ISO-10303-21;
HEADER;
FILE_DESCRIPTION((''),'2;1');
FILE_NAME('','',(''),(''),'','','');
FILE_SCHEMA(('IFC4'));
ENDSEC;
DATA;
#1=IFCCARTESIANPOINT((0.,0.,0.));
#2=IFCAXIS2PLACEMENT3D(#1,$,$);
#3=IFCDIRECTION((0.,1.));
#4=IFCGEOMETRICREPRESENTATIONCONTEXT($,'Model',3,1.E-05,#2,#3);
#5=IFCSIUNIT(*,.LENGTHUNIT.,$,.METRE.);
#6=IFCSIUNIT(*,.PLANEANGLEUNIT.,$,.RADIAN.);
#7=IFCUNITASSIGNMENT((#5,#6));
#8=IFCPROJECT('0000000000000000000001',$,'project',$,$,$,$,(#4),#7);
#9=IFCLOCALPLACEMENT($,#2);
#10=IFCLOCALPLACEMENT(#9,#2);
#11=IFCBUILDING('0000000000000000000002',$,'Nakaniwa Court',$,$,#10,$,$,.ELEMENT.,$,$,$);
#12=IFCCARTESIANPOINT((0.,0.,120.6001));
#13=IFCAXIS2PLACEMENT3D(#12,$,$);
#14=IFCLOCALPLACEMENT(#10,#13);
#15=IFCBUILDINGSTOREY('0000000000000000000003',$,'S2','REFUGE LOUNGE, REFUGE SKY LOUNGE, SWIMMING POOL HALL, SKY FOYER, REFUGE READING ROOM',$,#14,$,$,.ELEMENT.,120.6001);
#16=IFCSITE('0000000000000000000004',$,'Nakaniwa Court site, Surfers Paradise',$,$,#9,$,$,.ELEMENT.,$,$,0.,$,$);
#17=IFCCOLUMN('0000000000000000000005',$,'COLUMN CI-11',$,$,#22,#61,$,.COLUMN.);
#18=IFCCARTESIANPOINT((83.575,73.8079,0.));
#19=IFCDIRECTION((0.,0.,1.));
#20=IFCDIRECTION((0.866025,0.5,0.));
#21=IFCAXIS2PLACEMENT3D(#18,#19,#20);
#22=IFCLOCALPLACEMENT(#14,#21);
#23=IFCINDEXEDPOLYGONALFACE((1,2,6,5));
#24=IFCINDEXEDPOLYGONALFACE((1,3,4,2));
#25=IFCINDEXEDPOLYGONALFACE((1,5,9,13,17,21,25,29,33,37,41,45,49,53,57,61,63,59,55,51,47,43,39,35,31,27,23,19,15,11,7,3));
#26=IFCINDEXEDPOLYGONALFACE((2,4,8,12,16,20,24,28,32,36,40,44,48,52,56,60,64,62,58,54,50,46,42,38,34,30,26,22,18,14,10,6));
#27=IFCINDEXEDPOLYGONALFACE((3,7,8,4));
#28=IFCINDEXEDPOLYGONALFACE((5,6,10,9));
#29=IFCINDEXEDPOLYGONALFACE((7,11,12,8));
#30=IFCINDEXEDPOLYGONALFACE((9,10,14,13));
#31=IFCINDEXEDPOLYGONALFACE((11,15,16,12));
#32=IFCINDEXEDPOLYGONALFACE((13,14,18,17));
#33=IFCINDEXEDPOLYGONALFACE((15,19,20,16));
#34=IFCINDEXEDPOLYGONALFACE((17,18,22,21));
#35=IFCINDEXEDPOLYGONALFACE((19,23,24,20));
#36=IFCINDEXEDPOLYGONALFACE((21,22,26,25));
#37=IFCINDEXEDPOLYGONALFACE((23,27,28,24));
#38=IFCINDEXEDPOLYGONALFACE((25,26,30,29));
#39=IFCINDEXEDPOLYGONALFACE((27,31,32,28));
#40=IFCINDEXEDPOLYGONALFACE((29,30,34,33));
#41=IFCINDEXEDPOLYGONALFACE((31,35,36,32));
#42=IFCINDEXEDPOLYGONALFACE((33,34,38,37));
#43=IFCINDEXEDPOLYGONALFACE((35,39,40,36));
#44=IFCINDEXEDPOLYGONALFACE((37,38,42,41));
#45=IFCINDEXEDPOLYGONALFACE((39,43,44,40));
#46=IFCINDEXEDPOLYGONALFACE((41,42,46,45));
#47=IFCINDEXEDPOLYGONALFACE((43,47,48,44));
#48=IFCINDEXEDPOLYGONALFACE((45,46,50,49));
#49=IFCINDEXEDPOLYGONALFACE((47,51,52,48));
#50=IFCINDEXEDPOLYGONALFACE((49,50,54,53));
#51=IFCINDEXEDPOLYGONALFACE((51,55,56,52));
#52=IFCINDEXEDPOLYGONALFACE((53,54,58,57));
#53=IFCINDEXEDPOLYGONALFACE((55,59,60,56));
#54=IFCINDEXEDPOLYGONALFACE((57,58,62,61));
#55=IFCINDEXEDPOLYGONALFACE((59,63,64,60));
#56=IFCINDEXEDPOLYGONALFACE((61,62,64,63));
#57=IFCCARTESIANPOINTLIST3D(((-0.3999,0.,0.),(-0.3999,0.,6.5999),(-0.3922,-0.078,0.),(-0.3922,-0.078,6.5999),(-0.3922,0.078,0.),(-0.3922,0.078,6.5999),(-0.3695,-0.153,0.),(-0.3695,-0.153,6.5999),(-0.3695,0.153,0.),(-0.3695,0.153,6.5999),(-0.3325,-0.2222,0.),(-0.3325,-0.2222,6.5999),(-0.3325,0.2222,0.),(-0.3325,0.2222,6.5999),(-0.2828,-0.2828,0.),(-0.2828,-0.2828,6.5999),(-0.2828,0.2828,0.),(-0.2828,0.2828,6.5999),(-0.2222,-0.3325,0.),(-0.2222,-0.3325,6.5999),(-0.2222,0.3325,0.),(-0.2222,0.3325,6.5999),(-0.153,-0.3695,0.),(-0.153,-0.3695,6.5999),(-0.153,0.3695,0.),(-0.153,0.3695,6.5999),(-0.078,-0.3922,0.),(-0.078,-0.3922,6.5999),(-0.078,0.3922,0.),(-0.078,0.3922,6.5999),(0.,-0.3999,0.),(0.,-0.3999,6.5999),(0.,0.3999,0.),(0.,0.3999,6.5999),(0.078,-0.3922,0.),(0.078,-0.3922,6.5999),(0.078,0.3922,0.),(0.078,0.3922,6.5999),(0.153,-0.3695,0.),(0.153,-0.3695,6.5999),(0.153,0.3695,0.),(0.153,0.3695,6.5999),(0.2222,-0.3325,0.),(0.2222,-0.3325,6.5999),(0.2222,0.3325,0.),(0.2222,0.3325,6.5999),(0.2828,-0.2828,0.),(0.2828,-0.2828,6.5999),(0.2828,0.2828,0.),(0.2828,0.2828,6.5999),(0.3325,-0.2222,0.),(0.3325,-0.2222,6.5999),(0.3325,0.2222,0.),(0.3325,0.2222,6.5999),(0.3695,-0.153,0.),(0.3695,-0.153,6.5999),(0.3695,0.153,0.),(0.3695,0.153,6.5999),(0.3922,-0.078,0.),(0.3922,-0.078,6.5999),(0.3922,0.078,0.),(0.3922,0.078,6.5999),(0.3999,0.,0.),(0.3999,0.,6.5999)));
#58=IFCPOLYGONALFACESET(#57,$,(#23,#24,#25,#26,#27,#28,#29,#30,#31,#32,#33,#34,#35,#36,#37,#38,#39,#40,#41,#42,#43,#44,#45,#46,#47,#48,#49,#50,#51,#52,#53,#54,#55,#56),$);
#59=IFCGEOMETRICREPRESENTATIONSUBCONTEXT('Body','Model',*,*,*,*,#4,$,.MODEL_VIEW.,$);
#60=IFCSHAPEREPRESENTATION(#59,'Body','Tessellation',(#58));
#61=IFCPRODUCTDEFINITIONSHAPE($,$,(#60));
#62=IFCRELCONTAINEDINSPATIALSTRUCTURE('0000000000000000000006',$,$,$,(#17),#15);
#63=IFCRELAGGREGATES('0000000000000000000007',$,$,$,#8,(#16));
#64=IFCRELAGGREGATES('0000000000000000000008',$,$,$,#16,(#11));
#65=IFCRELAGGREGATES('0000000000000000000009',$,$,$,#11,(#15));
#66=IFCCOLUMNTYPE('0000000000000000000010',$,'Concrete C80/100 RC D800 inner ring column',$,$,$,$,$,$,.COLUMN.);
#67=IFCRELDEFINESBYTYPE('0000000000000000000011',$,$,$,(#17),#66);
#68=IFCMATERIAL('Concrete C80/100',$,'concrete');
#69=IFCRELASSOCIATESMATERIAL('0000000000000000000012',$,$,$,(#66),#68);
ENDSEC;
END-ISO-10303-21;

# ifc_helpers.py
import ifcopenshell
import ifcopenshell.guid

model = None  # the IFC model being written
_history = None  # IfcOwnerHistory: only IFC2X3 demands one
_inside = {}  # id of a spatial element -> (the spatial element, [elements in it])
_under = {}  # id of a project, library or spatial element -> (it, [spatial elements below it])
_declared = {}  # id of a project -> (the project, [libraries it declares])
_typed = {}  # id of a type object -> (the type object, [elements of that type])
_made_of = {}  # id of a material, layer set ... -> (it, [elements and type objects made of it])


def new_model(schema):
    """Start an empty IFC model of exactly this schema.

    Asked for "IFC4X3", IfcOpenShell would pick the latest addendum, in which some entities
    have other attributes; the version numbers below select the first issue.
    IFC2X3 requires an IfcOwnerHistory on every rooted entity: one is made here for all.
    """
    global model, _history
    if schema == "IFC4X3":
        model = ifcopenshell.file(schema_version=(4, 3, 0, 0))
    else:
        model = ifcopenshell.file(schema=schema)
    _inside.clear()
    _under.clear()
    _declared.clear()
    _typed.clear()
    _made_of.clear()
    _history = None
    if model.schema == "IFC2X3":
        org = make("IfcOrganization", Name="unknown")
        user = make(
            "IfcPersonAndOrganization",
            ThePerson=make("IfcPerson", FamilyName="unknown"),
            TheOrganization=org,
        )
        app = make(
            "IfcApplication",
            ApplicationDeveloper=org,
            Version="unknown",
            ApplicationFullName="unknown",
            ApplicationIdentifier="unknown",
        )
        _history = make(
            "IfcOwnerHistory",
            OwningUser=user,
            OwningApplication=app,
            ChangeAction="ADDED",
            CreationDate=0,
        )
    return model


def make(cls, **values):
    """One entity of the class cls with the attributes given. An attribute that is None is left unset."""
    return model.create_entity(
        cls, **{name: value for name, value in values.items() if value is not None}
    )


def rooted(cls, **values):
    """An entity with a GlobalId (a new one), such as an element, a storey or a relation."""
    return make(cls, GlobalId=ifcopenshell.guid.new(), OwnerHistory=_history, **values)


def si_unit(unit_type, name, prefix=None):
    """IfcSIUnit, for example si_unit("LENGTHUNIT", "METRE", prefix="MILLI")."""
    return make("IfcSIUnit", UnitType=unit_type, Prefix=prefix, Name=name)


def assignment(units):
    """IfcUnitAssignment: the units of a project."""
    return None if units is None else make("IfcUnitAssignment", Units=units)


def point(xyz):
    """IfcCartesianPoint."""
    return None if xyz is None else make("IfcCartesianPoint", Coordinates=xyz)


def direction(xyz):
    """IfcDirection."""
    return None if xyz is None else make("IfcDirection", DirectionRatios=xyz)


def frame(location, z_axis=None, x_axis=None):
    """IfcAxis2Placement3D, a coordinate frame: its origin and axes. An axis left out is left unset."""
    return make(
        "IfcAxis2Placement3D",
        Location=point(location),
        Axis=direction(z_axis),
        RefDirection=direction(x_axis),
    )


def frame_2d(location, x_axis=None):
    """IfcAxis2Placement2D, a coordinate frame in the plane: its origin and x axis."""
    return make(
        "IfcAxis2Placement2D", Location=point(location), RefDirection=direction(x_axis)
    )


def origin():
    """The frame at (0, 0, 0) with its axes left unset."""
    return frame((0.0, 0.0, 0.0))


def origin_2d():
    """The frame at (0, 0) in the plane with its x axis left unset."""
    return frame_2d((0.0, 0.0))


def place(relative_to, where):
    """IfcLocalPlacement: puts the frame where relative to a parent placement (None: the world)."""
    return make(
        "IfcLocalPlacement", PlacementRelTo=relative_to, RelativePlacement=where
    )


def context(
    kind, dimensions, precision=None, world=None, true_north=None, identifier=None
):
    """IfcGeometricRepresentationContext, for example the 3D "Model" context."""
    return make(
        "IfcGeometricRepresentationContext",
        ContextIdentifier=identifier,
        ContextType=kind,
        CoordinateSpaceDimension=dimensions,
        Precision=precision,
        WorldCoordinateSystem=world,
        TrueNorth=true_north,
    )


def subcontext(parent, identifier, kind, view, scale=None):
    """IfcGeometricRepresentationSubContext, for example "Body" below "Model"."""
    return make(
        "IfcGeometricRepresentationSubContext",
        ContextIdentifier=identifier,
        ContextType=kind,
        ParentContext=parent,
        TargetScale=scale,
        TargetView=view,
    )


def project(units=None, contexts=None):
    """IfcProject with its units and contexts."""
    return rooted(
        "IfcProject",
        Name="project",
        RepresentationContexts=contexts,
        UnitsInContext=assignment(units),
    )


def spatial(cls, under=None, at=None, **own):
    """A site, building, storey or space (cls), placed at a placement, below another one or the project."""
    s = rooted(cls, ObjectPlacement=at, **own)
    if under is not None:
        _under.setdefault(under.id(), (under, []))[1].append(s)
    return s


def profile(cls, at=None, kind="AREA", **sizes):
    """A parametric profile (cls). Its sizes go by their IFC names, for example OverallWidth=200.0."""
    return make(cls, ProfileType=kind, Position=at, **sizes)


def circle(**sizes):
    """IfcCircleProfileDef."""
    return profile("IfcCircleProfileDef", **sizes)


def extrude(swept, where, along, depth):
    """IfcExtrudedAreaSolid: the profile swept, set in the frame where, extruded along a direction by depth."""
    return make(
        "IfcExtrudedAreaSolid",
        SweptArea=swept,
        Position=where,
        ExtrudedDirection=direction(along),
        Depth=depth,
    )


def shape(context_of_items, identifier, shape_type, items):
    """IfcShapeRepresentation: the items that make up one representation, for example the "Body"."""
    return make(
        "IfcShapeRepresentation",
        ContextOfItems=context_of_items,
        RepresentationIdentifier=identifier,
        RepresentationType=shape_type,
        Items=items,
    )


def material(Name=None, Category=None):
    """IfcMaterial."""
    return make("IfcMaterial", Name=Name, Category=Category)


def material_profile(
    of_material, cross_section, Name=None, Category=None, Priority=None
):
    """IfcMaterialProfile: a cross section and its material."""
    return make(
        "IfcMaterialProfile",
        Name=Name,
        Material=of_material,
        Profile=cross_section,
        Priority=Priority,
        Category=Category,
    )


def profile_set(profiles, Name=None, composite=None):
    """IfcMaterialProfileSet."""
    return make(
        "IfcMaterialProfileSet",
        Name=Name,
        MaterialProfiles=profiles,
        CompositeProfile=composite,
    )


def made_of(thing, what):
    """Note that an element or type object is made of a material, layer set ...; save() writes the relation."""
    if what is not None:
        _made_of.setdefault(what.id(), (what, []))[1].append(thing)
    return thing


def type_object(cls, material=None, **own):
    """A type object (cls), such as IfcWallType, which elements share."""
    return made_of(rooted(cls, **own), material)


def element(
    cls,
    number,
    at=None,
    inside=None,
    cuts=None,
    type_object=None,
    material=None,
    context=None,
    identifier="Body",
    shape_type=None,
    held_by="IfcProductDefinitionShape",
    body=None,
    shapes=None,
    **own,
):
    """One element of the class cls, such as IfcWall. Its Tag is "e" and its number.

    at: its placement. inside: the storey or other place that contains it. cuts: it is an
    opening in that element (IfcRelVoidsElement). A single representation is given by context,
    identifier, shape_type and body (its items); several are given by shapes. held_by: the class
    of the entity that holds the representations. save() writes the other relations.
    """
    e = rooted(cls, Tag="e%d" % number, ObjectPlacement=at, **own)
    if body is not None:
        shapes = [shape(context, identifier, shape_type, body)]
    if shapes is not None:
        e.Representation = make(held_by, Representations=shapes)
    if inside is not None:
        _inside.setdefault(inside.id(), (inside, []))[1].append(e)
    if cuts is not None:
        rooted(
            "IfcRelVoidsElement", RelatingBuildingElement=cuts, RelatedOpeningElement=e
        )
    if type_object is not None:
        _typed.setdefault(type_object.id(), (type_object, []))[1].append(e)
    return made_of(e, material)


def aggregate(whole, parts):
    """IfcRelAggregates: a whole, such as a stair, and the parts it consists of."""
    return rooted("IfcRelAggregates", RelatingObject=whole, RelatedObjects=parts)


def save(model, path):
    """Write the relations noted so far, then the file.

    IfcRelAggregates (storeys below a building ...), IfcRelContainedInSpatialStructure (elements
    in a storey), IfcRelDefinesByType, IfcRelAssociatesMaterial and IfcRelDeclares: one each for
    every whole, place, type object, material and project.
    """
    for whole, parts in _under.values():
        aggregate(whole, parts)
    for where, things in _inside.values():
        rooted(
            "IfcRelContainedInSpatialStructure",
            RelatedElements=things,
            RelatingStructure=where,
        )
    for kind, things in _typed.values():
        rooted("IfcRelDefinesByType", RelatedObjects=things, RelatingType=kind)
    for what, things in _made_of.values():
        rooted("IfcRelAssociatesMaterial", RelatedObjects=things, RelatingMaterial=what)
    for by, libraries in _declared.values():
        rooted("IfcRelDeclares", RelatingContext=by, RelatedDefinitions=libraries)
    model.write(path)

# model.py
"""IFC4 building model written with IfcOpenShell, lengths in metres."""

from ifc_helpers import new_model, si_unit, direction, frame, origin, origin_2d, place, context, subcontext, project, spatial, circle, extrude, material, material_profile, profile_set, type_object, element, save


model = new_model("IFC4")

# Units and contexts
model_context = context("Model", 3, precision=1e-05, world=origin(), true_north=direction((0.0, 1.0)))
body_context = subcontext(model_context, "Body", "Model", "MODEL_VIEW")
ifc_project = project(units=[si_unit("LENGTHUNIT", "METRE"), si_unit("PLANEANGLEUNIT", "RADIAN")], contexts=[model_context])

# Site, building, storey
site_placement = place(None, origin())
site = spatial("IfcSite", under=ifc_project, at=site_placement, Name="Nakaniwa Court site, Surfers Paradise", CompositionType="ELEMENT", RefElevation=0.0)
building_placement = place(site_placement, origin())
building = spatial("IfcBuilding", under=site, at=building_placement, Name="Nakaniwa Court", CompositionType="ELEMENT")
storey_placement = place(building_placement, frame((0.0, 0.0, 120.6001)))
storey = spatial("IfcBuildingStorey", under=building, at=storey_placement, Name="S2", Description="REFUGE LOUNGE, REFUGE SKY LOUNGE, SWIMMING POOL HALL, SKY FOYER, REFUGE READING ROOM", CompositionType="ELEMENT", Elevation=120.6001)

# Column
ifc_material_1 = material(Name="Concrete C80/100", Category="concrete")
ifc_material_profile_1 = material_profile(ifc_material_1, circle(Radius=0.3999, at=origin_2d()), Name="Concrete C80/100 RC D800 inner ring column")
ifc_profile_set_1 = profile_set([ifc_material_profile_1], Name="Concrete C80/100")
column_type = type_object("IfcColumnType", Name="Concrete C80/100 RC D800 inner ring column", PredefinedType="COLUMN", material=ifc_profile_set_1)
column_placement = place(storey_placement, frame((83.575, 73.8079, 0.0), z_axis=(0.0, 0.0, 1.0), x_axis=(0.866025, 0.5, 0.0)))
element("IfcColumn", 1, at=column_placement, inside=storey, type_object=column_type, Name="COLUMN CI-11", PredefinedType="COLUMN", context=body_context, shape_type="SweptSolid", body=[
    extrude(circle(Radius=0.3999, at=origin_2d()), origin(), (0.0, 0.0, 1.0), 6.5999),
])

save(model, "model.ifc")
